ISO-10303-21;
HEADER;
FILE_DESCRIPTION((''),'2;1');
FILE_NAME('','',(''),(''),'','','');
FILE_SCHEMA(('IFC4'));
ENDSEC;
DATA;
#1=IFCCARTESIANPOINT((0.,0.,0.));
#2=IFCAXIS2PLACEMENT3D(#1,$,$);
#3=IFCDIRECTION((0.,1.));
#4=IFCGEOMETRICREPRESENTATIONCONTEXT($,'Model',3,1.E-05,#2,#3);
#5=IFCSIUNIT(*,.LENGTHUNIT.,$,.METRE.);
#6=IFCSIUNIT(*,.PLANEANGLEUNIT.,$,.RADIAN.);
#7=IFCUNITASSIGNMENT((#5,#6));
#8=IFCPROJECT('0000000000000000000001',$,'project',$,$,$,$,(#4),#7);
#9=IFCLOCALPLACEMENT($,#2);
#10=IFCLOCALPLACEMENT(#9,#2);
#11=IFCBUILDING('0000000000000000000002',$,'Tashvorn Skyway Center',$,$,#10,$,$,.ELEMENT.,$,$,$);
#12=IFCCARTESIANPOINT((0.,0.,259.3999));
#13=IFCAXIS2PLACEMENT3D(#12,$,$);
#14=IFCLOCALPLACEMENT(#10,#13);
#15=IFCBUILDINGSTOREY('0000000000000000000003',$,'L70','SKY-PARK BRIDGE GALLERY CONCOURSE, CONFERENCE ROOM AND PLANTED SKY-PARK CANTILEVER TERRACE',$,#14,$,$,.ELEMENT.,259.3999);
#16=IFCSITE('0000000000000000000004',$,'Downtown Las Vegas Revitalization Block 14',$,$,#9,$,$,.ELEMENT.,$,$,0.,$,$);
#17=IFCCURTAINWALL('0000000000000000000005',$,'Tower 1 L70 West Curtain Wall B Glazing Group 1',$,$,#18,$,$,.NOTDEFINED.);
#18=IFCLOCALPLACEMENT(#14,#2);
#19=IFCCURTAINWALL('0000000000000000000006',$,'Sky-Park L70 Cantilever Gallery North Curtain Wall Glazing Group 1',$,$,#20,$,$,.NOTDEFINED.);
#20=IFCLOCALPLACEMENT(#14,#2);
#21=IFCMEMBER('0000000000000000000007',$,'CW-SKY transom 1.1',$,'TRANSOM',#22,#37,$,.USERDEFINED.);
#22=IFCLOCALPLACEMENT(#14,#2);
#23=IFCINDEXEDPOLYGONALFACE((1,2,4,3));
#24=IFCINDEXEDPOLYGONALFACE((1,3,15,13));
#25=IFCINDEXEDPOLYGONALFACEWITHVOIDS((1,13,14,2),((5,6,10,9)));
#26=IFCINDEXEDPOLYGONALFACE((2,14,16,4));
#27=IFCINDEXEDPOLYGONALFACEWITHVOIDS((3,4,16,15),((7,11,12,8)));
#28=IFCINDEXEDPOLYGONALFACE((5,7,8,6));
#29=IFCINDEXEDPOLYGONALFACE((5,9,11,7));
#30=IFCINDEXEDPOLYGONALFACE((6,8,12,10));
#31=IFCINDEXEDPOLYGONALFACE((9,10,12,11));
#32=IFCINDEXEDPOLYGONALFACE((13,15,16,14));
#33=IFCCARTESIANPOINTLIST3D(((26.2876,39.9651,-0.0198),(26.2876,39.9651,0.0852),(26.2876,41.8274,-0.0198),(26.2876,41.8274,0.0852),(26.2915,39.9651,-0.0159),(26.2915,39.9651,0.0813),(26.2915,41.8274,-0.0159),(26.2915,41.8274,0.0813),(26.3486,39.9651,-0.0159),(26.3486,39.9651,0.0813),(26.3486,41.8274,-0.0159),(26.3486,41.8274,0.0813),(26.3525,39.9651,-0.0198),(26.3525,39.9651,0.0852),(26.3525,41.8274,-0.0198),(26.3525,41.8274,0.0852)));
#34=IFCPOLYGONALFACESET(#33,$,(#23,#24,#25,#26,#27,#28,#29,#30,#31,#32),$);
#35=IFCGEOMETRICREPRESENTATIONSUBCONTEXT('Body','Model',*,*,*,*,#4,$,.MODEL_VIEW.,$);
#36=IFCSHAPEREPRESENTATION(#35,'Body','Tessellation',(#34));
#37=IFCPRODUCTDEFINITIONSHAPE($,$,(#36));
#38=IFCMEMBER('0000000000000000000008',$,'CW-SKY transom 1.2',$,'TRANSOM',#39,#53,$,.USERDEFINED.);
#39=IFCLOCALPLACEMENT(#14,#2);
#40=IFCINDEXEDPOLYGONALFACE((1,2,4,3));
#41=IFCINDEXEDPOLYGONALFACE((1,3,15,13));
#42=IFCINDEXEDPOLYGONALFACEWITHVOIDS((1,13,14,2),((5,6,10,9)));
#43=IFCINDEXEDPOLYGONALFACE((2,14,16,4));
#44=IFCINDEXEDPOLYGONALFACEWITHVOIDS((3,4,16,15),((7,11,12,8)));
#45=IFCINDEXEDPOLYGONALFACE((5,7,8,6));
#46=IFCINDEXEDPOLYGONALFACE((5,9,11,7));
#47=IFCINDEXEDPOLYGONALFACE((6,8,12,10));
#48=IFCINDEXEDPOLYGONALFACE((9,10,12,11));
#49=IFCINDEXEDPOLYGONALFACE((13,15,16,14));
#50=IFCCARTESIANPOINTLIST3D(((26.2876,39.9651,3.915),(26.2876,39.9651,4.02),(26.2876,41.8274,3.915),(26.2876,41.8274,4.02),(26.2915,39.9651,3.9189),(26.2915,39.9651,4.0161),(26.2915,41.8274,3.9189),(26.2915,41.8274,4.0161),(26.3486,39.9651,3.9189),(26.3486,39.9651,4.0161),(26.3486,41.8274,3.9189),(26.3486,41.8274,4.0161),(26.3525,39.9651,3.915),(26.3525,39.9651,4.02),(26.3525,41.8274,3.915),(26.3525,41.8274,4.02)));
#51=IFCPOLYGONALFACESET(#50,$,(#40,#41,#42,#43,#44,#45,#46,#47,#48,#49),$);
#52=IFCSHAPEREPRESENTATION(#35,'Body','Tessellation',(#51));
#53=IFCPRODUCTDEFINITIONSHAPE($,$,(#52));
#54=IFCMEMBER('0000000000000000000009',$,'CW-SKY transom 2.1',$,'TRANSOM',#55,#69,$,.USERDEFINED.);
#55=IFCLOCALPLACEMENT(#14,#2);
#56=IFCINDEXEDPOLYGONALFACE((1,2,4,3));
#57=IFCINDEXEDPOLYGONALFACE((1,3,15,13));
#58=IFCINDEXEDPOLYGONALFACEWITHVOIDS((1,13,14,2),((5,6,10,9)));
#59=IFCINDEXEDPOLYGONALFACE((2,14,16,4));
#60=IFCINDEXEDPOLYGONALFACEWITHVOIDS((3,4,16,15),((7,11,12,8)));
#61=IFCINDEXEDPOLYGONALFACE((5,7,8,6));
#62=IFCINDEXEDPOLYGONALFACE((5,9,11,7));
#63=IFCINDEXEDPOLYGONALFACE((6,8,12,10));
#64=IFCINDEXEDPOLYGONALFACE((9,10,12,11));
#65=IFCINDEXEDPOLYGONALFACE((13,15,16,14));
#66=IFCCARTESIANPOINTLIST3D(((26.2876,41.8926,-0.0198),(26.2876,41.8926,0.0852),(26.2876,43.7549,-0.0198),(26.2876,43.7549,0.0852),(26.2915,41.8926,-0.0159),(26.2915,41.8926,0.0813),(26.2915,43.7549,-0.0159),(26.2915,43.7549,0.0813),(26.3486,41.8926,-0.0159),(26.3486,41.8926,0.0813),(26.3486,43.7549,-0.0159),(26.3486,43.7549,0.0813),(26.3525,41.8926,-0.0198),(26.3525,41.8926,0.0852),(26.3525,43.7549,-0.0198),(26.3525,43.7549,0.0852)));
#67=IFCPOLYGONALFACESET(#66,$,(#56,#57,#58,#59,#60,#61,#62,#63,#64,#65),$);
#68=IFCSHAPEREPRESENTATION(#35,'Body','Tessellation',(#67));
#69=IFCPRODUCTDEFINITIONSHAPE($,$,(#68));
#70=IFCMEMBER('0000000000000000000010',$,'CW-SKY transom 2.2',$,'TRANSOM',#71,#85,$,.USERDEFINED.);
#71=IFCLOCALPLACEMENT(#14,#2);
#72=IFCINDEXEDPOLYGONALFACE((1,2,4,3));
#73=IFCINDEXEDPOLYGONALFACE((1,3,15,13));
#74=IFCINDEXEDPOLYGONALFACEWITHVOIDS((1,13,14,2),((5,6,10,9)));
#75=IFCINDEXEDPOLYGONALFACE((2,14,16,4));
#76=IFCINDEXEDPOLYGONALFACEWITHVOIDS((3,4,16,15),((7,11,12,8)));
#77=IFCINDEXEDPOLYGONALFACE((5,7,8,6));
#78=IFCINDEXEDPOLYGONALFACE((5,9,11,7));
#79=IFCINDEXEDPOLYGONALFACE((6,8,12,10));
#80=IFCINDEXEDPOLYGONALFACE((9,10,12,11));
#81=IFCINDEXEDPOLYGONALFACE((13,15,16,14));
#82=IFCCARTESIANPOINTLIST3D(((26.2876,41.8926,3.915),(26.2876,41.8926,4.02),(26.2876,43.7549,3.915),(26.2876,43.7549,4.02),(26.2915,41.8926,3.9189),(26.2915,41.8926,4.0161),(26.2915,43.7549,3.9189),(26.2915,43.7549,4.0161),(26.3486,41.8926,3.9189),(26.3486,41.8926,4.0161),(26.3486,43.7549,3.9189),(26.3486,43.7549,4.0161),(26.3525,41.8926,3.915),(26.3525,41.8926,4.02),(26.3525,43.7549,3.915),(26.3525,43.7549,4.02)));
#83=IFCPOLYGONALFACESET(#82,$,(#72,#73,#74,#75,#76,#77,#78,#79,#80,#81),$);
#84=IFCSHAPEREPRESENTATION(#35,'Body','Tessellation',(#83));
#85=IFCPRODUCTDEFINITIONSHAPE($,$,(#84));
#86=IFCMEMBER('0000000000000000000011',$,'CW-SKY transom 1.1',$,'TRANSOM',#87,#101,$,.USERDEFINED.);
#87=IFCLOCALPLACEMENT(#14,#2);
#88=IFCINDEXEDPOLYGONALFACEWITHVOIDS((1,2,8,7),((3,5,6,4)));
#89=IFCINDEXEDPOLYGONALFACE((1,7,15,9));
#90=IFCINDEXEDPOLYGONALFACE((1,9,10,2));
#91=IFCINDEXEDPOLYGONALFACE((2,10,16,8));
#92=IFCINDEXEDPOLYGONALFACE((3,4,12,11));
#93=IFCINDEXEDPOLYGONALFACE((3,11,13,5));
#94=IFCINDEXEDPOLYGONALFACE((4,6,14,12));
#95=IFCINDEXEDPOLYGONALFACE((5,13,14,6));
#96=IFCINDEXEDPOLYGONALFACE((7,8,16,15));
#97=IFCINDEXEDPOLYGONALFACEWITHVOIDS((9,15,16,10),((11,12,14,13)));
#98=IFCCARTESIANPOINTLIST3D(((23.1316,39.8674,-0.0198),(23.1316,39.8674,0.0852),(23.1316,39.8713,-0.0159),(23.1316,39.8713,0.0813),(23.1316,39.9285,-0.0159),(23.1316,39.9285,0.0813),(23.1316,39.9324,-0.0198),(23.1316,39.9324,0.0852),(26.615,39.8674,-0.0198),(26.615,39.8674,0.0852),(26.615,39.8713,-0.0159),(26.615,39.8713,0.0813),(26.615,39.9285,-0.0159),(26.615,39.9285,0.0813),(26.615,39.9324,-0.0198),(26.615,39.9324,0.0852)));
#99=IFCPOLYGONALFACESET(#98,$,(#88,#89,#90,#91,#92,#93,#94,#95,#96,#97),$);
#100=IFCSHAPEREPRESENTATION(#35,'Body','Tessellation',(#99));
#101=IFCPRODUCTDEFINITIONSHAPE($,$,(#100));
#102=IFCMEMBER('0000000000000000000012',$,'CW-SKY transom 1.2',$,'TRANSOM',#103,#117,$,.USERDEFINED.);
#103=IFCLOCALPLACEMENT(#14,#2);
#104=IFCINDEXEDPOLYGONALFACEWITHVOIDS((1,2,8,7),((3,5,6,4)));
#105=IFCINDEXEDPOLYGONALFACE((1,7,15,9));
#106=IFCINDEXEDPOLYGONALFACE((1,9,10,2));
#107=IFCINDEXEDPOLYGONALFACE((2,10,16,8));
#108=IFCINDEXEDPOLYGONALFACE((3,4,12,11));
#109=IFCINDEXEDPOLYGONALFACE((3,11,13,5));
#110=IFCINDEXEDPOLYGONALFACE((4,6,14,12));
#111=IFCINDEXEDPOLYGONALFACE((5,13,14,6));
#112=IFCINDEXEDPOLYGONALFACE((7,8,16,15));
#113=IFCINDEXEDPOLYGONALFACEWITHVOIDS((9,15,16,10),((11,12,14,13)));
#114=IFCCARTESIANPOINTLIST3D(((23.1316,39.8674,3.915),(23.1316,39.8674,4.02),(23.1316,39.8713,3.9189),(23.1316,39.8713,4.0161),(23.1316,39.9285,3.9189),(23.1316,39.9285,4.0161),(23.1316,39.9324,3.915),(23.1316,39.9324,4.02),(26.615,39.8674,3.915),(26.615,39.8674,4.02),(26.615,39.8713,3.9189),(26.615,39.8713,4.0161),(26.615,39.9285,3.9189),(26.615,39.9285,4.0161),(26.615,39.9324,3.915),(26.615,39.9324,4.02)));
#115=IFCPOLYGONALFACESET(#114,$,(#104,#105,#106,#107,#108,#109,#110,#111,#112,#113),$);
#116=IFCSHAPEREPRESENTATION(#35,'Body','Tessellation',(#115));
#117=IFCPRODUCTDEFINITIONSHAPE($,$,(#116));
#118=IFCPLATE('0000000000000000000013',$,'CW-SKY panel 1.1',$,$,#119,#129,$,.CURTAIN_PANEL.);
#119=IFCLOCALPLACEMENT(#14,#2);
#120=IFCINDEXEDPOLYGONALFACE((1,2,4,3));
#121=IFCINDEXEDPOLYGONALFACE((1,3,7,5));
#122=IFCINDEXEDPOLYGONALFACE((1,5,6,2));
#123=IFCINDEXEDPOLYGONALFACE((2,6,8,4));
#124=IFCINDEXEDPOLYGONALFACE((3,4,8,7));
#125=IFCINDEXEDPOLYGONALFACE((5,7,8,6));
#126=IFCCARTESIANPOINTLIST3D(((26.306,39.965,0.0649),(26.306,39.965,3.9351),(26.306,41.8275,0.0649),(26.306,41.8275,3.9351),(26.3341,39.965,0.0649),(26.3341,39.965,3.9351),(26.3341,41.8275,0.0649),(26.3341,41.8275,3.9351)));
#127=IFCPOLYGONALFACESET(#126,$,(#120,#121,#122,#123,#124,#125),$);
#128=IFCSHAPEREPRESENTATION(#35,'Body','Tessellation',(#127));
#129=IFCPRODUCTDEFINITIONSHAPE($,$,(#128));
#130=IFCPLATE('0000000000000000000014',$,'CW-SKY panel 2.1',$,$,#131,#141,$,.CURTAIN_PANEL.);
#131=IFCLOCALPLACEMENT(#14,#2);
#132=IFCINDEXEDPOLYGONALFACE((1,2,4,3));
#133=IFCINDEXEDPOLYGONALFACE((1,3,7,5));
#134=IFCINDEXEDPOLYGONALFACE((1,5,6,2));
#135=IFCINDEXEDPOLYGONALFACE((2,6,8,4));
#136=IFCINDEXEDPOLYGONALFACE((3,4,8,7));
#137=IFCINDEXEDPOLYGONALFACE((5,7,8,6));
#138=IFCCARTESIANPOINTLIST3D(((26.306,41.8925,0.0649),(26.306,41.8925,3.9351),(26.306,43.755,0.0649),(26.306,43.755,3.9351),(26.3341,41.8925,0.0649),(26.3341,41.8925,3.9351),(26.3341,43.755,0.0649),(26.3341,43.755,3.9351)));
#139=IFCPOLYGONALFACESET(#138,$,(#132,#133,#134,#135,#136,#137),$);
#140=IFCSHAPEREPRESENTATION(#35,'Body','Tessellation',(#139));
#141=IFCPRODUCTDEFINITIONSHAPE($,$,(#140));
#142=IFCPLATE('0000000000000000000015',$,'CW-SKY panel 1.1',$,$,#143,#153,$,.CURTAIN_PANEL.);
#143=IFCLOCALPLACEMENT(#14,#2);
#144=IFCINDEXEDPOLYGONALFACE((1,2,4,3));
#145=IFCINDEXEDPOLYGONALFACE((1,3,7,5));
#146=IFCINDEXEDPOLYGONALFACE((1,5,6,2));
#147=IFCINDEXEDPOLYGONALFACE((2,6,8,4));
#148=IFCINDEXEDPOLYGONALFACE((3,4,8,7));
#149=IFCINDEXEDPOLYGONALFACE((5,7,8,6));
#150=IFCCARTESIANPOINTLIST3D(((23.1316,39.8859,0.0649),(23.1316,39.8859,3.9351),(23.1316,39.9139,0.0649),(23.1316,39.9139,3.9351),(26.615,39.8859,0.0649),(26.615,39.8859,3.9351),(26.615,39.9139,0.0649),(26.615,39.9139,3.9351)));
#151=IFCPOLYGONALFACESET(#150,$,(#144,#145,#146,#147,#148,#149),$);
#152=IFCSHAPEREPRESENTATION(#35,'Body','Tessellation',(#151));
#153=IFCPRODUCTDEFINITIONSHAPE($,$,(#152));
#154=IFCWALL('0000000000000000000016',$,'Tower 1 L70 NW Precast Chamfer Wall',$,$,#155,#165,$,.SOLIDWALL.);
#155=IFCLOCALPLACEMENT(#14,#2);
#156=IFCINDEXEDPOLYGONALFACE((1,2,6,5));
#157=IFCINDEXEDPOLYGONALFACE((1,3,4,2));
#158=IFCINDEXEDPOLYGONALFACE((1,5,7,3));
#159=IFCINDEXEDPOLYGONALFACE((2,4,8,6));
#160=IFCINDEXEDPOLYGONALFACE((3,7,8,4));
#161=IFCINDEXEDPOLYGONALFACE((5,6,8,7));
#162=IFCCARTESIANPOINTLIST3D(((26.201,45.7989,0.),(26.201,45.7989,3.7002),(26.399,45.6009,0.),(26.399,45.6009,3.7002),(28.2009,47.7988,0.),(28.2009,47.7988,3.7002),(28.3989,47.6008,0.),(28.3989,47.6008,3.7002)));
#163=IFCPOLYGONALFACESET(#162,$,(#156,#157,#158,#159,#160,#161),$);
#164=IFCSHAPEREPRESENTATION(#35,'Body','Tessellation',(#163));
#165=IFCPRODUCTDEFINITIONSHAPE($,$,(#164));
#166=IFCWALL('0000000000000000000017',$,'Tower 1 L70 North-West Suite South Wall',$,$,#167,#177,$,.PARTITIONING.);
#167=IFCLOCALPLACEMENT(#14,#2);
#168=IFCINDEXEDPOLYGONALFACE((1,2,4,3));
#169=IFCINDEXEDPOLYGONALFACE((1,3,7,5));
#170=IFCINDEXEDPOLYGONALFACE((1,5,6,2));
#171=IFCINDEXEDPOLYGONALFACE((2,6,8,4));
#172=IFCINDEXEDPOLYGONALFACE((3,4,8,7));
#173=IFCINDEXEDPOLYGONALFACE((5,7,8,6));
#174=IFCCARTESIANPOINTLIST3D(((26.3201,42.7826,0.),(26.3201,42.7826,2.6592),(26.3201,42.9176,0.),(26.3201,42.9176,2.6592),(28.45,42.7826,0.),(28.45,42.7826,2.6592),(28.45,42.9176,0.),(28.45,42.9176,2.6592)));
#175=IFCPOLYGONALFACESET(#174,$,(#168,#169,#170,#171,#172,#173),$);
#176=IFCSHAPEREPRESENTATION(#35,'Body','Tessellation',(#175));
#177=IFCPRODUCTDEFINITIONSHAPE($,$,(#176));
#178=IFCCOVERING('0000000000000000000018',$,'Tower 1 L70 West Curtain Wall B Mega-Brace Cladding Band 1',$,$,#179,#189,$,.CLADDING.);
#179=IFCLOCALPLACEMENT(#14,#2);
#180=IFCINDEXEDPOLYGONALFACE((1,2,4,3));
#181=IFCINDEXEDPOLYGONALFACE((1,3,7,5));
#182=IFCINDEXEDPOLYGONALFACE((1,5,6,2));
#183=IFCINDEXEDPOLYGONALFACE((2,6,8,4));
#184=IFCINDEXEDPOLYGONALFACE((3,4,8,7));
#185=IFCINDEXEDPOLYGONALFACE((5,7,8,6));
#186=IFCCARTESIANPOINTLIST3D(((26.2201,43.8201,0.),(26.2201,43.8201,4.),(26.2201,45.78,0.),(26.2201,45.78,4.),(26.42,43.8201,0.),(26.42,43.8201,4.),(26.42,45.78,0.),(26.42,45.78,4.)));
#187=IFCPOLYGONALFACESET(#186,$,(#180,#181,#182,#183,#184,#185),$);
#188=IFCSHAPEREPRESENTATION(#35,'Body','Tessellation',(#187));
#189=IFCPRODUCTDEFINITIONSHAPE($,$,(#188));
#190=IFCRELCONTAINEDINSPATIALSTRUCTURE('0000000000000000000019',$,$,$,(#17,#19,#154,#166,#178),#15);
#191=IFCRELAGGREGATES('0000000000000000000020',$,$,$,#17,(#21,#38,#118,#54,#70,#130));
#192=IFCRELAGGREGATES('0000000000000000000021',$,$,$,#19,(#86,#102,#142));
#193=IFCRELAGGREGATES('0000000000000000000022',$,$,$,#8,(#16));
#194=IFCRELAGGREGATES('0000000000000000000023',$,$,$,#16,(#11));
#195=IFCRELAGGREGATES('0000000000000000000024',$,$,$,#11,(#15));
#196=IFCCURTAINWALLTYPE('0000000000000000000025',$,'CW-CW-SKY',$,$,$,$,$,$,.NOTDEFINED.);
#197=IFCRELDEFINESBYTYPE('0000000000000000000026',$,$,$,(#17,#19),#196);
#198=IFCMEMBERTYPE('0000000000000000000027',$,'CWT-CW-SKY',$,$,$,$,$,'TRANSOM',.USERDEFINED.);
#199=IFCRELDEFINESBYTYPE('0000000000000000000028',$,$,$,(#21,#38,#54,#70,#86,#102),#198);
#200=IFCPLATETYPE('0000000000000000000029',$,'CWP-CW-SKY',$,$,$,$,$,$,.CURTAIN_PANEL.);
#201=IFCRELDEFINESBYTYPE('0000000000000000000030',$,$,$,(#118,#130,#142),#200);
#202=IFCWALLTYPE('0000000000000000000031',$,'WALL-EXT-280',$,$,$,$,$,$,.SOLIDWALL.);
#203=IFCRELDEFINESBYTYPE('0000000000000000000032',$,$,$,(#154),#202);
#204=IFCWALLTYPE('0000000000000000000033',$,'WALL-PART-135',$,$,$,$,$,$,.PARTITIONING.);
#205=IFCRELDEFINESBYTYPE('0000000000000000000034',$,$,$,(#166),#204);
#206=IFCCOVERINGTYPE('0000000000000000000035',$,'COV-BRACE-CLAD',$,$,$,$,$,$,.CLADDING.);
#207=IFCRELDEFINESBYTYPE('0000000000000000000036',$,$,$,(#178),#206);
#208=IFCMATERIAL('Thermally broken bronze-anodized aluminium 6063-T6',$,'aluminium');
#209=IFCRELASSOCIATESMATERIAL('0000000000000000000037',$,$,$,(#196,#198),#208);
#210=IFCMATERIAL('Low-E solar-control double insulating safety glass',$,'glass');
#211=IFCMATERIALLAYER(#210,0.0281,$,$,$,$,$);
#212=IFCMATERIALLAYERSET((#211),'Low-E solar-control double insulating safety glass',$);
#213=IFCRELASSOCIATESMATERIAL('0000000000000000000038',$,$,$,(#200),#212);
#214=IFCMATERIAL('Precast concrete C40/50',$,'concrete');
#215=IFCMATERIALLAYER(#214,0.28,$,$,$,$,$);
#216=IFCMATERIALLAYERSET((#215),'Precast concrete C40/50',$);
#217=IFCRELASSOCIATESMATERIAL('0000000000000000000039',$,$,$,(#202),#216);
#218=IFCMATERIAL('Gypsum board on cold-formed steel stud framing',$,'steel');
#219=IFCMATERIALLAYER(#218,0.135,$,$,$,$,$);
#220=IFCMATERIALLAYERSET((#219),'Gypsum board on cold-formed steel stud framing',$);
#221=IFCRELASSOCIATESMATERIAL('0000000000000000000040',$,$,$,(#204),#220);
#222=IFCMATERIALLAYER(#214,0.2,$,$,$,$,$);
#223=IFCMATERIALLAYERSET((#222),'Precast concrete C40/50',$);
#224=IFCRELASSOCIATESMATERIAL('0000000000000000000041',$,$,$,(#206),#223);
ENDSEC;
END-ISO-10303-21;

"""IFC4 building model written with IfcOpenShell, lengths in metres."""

from ifc_helpers import new_model, si_unit, direction, frame, frame_2d, origin, origin_2d, place, context, subcontext, project, spatial, rectangle, hollow_rectangle, extrude, material, layer, layer_set, material_profile, profile_set, type_object, element, aggregate, save


model = new_model("IFC4")

# Units and contexts
model_context = context("Model", 3, precision=1e-05, world=origin(), true_north=direction((0.0, 1.0)))
body_context = subcontext(model_context, "Body", "Model", "MODEL_VIEW")
ifc_project = project(units=[si_unit("LENGTHUNIT", "METRE"), si_unit("PLANEANGLEUNIT", "RADIAN")], contexts=[model_context])

# Site, building, storey
site_placement = place(None, origin())
site = spatial("IfcSite", under=ifc_project, at=site_placement, Name="Downtown Las Vegas Revitalization Block 14", CompositionType="ELEMENT", RefElevation=0.0)
building_placement = place(site_placement, origin())
building = spatial("IfcBuilding", under=site, at=building_placement, Name="Tashvorn Skyway Center", CompositionType="ELEMENT")
storey_placement = place(building_placement, frame((0.0, 0.0, 259.3999)))
storey = spatial("IfcBuildingStorey", under=building, at=storey_placement, Name="L70", Description="SKY-PARK BRIDGE GALLERY CONCOURSE, CONFERENCE ROOM AND PLANTED SKY-PARK CANTILEVER TERRACE", CompositionType="ELEMENT", Elevation=259.3999)

# Curtain walls
ifc_material_1 = material(Name="Thermally broken bronze-anodized aluminium 6063-T6", Category="aluminium")
curtain_wall_type = type_object("IfcCurtainWallType", Name="CW-CW-SKY", PredefinedType="NOTDEFINED", material=ifc_material_1)
curtain_wall_1_placement = place(storey_placement, origin())
curtain_wall_1 = element("IfcCurtainWall", 1, at=curtain_wall_1_placement, inside=storey, type_object=curtain_wall_type, Name="Tower 1 L70 West Curtain Wall B Glazing Group 1", PredefinedType="NOTDEFINED")
curtain_wall_2_placement = place(storey_placement, origin())
curtain_wall_2 = element("IfcCurtainWall", 2, at=curtain_wall_2_placement, inside=storey, type_object=curtain_wall_type, Name="Sky-Park L70 Cantilever Gallery North Curtain Wall Glazing Group 1", PredefinedType="NOTDEFINED")

# Members
ifc_material_profile_1 = material_profile(ifc_material_1, hollow_rectangle(XDim=0.0649, YDim=0.105, WallThickness=0.0039, at=origin_2d()), Name="ALU-TRAN-65x105")
ifc_profile_set_1 = profile_set([ifc_material_profile_1], Name="Thermally broken bronze-anodized aluminium 6063-T6")
member_type_1 = type_object("IfcMemberType", Name="CWT-CW-SKY", ElementType="TRANSOM", PredefinedType="USERDEFINED", material=ifc_profile_set_1)
member_1_placement = place(storey_placement, frame((26.3201, 39.9651, 0.0327), z_axis=(0.0, 1.0, 0.0), x_axis=(-1.0, 0.0, 0.0)))
member_1 = element("IfcMember", 3, at=member_1_placement, type_object=member_type_1, Name="CW-SKY transom 1.1", ObjectType="TRANSOM", PredefinedType="USERDEFINED", context=body_context, shape_type="SweptSolid", body=[
    extrude(hollow_rectangle(XDim=0.0649, YDim=0.105, WallThickness=0.0039, at=origin_2d()), origin(), (0.0, 0.0, 1.0), 1.8623),
])
member_2_placement = place(storey_placement, frame((26.3201, 39.9651, 3.9675), z_axis=(0.0, 1.0, 0.0), x_axis=(-1.0, 0.0, 0.0)))
member_2 = element("IfcMember", 4, at=member_2_placement, type_object=member_type_1, Name="CW-SKY transom 1.2", ObjectType="TRANSOM", PredefinedType="USERDEFINED", context=body_context, shape_type="SweptSolid", body=[
    extrude(hollow_rectangle(XDim=0.0649, YDim=0.105, WallThickness=0.0039, at=origin_2d()), origin(), (0.0, 0.0, 1.0), 1.8623),
])
member_3_placement = place(storey_placement, frame((26.3201, 41.8926, 0.0327), z_axis=(0.0, 1.0, 0.0), x_axis=(-1.0, 0.0, 0.0)))
member_3 = element("IfcMember", 5, at=member_3_placement, type_object=member_type_1, Name="CW-SKY transom 2.1", ObjectType="TRANSOM", PredefinedType="USERDEFINED", context=body_context, shape_type="SweptSolid", body=[
    extrude(hollow_rectangle(XDim=0.0649, YDim=0.105, WallThickness=0.0039, at=origin_2d()), origin(), (0.0, 0.0, 1.0), 1.8623),
])
member_4_placement = place(storey_placement, frame((26.3201, 41.8926, 3.9675), z_axis=(0.0, 1.0, 0.0), x_axis=(-1.0, 0.0, 0.0)))
member_4 = element("IfcMember", 6, at=member_4_placement, type_object=member_type_1, Name="CW-SKY transom 2.2", ObjectType="TRANSOM", PredefinedType="USERDEFINED", context=body_context, shape_type="SweptSolid", body=[
    extrude(hollow_rectangle(XDim=0.0649, YDim=0.105, WallThickness=0.0039, at=origin_2d()), origin(), (0.0, 0.0, 1.0), 1.8623),
])
member_5_placement = place(storey_placement, frame((23.1316, 39.8999, 0.0327), z_axis=(1.0, 0.0, 0.0), x_axis=(0.0, 1.0, 0.0)))
member_5 = element("IfcMember", 7, at=member_5_placement, type_object=member_type_1, Name="CW-SKY transom 1.1", ObjectType="TRANSOM", PredefinedType="USERDEFINED", context=body_context, shape_type="SweptSolid", body=[
    extrude(hollow_rectangle(XDim=0.0649, YDim=0.105, WallThickness=0.0039, at=origin_2d()), origin(), (0.0, 0.0, 1.0), 3.4834),
])
member_6_placement = place(storey_placement, frame((23.1316, 39.8999, 3.9675), z_axis=(1.0, 0.0, 0.0), x_axis=(0.0, 1.0, 0.0)))
member_6 = element("IfcMember", 8, at=member_6_placement, type_object=member_type_1, Name="CW-SKY transom 1.2", ObjectType="TRANSOM", PredefinedType="USERDEFINED", context=body_context, shape_type="SweptSolid", body=[
    extrude(hollow_rectangle(XDim=0.0649, YDim=0.105, WallThickness=0.0039, at=origin_2d()), origin(), (0.0, 0.0, 1.0), 3.4834),
])

# Plates
ifc_material_2 = material(Name="Low-E solar-control double insulating safety glass", Category="glass")
ifc_layer_1 = layer(ifc_material_2, 0.0281)
ifc_layer_set_1 = layer_set([ifc_layer_1], Name="Low-E solar-control double insulating safety glass")
plate_type = type_object("IfcPlateType", Name="CWP-CW-SKY", PredefinedType="CURTAIN_PANEL", material=ifc_layer_set_1)
plate_1_placement = place(storey_placement, frame((26.3201, 40.8962, 0.0649), z_axis=(0.0, 0.0, 1.0), x_axis=(0.0, 1.0, 0.0)))
plate_1 = element("IfcPlate", 9, at=plate_1_placement, type_object=plate_type, Name="CW-SKY panel 1.1", PredefinedType="CURTAIN_PANEL", context=body_context, shape_type="SweptSolid", body=[
    extrude(rectangle(XDim=1.8625, YDim=0.0281, at=origin_2d()), origin(), (0.0, 0.0, 1.0), 3.8701),
])
plate_2_placement = place(storey_placement, frame((26.3201, 42.8237, 0.0649), z_axis=(0.0, 0.0, 1.0), x_axis=(0.0, 1.0, 0.0)))
plate_2 = element("IfcPlate", 10, at=plate_2_placement, type_object=plate_type, Name="CW-SKY panel 2.1", PredefinedType="CURTAIN_PANEL", context=body_context, shape_type="SweptSolid", body=[
    extrude(rectangle(XDim=1.8625, YDim=0.0281, at=origin_2d()), origin(), (0.0, 0.0, 1.0), 3.8701),
])
aggregate(curtain_wall_1, [member_1, member_2, plate_1, member_3, member_4, plate_2])
plate_3_placement = place(storey_placement, frame((24.8733, 39.8999, 0.0649), z_axis=(0.0, 0.0, 1.0), x_axis=(1.0, 0.0, 0.0)))
plate_3 = element("IfcPlate", 11, at=plate_3_placement, type_object=plate_type, Name="CW-SKY panel 1.1", PredefinedType="CURTAIN_PANEL", context=body_context, shape_type="SweptSolid", body=[
    extrude(rectangle(XDim=3.4834, YDim=0.0281, at=origin_2d()), origin(), (0.0, 0.0, 1.0), 3.8701),
])
aggregate(curtain_wall_2, [member_5, member_6, plate_3])

# Walls
ifc_material_3 = material(Name="Precast concrete C40/50", Category="concrete")
ifc_layer_2 = layer(ifc_material_3, 0.28)
ifc_layer_set_2 = layer_set([ifc_layer_2], Name="Precast concrete C40/50")
wall_type_1 = type_object("IfcWallType", Name="WALL-EXT-280", PredefinedType="SOLIDWALL", material=ifc_layer_set_2)
wall_1_placement = place(storey_placement, frame((26.3, 45.7, 0.0), z_axis=(0.0, 0.0, 1.0), x_axis=(0.707107, 0.707107, 0.0)))
element("IfcWall", 12, at=wall_1_placement, inside=storey, type_object=wall_type_1, Name="Tower 1 L70 NW Precast Chamfer Wall", PredefinedType="SOLIDWALL", context=body_context, shape_type="SweptSolid", body=[
    extrude(rectangle(XDim=2.8284, YDim=0.28, at=frame_2d((1.4141, 0.0))), origin(), (0.0, 0.0, 1.0), 3.7002),
])
ifc_material_4 = material(Name="Gypsum board on cold-formed steel stud framing", Category="steel")
ifc_layer_3 = layer(ifc_material_4, 0.135)
ifc_layer_set_3 = layer_set([ifc_layer_3], Name="Gypsum board on cold-formed steel stud framing")
wall_type_2 = type_object("IfcWallType", Name="WALL-PART-135", PredefinedType="PARTITIONING", material=ifc_layer_set_3)
wall_2_placement = place(storey_placement, frame((26.3201, 42.8501, 0.0), z_axis=(0.0, 0.0, 1.0), x_axis=(1.0, 0.0, 0.0)))
element("IfcWall", 13, at=wall_2_placement, inside=storey, type_object=wall_type_2, Name="Tower 1 L70 North-West Suite South Wall", PredefinedType="PARTITIONING", context=body_context, shape_type="SweptSolid", body=[
    extrude(rectangle(XDim=2.1299, YDim=0.135, at=frame_2d((1.0649, 0.0))), origin(), (0.0, 0.0, 1.0), 2.6592),
])

# Covering
ifc_layer_4 = layer(ifc_material_3, 0.2)
ifc_layer_set_4 = layer_set([ifc_layer_4], Name="Precast concrete C40/50")
covering_type_1 = type_object("IfcCoveringType", Name="COV-BRACE-CLAD", PredefinedType="CLADDING", material=ifc_layer_set_4)
covering_1_placement = place(storey_placement, frame((26.3201, 44.8, 0.0), z_axis=(0.0, 0.0, 1.0), x_axis=(0.0, 1.0, 0.0)))
element("IfcCovering", 14, at=covering_1_placement, inside=storey, type_object=covering_type_1, Name="Tower 1 L70 West Curtain Wall B Mega-Brace Cladding Band 1", PredefinedType="CLADDING", context=body_context, shape_type="SweptSolid", body=[
    extrude(rectangle(XDim=1.96, YDim=0.2, at=origin_2d()), origin(), (0.0, 0.0, 1.0), 4.0),
])

save(model, "model.ifc")
